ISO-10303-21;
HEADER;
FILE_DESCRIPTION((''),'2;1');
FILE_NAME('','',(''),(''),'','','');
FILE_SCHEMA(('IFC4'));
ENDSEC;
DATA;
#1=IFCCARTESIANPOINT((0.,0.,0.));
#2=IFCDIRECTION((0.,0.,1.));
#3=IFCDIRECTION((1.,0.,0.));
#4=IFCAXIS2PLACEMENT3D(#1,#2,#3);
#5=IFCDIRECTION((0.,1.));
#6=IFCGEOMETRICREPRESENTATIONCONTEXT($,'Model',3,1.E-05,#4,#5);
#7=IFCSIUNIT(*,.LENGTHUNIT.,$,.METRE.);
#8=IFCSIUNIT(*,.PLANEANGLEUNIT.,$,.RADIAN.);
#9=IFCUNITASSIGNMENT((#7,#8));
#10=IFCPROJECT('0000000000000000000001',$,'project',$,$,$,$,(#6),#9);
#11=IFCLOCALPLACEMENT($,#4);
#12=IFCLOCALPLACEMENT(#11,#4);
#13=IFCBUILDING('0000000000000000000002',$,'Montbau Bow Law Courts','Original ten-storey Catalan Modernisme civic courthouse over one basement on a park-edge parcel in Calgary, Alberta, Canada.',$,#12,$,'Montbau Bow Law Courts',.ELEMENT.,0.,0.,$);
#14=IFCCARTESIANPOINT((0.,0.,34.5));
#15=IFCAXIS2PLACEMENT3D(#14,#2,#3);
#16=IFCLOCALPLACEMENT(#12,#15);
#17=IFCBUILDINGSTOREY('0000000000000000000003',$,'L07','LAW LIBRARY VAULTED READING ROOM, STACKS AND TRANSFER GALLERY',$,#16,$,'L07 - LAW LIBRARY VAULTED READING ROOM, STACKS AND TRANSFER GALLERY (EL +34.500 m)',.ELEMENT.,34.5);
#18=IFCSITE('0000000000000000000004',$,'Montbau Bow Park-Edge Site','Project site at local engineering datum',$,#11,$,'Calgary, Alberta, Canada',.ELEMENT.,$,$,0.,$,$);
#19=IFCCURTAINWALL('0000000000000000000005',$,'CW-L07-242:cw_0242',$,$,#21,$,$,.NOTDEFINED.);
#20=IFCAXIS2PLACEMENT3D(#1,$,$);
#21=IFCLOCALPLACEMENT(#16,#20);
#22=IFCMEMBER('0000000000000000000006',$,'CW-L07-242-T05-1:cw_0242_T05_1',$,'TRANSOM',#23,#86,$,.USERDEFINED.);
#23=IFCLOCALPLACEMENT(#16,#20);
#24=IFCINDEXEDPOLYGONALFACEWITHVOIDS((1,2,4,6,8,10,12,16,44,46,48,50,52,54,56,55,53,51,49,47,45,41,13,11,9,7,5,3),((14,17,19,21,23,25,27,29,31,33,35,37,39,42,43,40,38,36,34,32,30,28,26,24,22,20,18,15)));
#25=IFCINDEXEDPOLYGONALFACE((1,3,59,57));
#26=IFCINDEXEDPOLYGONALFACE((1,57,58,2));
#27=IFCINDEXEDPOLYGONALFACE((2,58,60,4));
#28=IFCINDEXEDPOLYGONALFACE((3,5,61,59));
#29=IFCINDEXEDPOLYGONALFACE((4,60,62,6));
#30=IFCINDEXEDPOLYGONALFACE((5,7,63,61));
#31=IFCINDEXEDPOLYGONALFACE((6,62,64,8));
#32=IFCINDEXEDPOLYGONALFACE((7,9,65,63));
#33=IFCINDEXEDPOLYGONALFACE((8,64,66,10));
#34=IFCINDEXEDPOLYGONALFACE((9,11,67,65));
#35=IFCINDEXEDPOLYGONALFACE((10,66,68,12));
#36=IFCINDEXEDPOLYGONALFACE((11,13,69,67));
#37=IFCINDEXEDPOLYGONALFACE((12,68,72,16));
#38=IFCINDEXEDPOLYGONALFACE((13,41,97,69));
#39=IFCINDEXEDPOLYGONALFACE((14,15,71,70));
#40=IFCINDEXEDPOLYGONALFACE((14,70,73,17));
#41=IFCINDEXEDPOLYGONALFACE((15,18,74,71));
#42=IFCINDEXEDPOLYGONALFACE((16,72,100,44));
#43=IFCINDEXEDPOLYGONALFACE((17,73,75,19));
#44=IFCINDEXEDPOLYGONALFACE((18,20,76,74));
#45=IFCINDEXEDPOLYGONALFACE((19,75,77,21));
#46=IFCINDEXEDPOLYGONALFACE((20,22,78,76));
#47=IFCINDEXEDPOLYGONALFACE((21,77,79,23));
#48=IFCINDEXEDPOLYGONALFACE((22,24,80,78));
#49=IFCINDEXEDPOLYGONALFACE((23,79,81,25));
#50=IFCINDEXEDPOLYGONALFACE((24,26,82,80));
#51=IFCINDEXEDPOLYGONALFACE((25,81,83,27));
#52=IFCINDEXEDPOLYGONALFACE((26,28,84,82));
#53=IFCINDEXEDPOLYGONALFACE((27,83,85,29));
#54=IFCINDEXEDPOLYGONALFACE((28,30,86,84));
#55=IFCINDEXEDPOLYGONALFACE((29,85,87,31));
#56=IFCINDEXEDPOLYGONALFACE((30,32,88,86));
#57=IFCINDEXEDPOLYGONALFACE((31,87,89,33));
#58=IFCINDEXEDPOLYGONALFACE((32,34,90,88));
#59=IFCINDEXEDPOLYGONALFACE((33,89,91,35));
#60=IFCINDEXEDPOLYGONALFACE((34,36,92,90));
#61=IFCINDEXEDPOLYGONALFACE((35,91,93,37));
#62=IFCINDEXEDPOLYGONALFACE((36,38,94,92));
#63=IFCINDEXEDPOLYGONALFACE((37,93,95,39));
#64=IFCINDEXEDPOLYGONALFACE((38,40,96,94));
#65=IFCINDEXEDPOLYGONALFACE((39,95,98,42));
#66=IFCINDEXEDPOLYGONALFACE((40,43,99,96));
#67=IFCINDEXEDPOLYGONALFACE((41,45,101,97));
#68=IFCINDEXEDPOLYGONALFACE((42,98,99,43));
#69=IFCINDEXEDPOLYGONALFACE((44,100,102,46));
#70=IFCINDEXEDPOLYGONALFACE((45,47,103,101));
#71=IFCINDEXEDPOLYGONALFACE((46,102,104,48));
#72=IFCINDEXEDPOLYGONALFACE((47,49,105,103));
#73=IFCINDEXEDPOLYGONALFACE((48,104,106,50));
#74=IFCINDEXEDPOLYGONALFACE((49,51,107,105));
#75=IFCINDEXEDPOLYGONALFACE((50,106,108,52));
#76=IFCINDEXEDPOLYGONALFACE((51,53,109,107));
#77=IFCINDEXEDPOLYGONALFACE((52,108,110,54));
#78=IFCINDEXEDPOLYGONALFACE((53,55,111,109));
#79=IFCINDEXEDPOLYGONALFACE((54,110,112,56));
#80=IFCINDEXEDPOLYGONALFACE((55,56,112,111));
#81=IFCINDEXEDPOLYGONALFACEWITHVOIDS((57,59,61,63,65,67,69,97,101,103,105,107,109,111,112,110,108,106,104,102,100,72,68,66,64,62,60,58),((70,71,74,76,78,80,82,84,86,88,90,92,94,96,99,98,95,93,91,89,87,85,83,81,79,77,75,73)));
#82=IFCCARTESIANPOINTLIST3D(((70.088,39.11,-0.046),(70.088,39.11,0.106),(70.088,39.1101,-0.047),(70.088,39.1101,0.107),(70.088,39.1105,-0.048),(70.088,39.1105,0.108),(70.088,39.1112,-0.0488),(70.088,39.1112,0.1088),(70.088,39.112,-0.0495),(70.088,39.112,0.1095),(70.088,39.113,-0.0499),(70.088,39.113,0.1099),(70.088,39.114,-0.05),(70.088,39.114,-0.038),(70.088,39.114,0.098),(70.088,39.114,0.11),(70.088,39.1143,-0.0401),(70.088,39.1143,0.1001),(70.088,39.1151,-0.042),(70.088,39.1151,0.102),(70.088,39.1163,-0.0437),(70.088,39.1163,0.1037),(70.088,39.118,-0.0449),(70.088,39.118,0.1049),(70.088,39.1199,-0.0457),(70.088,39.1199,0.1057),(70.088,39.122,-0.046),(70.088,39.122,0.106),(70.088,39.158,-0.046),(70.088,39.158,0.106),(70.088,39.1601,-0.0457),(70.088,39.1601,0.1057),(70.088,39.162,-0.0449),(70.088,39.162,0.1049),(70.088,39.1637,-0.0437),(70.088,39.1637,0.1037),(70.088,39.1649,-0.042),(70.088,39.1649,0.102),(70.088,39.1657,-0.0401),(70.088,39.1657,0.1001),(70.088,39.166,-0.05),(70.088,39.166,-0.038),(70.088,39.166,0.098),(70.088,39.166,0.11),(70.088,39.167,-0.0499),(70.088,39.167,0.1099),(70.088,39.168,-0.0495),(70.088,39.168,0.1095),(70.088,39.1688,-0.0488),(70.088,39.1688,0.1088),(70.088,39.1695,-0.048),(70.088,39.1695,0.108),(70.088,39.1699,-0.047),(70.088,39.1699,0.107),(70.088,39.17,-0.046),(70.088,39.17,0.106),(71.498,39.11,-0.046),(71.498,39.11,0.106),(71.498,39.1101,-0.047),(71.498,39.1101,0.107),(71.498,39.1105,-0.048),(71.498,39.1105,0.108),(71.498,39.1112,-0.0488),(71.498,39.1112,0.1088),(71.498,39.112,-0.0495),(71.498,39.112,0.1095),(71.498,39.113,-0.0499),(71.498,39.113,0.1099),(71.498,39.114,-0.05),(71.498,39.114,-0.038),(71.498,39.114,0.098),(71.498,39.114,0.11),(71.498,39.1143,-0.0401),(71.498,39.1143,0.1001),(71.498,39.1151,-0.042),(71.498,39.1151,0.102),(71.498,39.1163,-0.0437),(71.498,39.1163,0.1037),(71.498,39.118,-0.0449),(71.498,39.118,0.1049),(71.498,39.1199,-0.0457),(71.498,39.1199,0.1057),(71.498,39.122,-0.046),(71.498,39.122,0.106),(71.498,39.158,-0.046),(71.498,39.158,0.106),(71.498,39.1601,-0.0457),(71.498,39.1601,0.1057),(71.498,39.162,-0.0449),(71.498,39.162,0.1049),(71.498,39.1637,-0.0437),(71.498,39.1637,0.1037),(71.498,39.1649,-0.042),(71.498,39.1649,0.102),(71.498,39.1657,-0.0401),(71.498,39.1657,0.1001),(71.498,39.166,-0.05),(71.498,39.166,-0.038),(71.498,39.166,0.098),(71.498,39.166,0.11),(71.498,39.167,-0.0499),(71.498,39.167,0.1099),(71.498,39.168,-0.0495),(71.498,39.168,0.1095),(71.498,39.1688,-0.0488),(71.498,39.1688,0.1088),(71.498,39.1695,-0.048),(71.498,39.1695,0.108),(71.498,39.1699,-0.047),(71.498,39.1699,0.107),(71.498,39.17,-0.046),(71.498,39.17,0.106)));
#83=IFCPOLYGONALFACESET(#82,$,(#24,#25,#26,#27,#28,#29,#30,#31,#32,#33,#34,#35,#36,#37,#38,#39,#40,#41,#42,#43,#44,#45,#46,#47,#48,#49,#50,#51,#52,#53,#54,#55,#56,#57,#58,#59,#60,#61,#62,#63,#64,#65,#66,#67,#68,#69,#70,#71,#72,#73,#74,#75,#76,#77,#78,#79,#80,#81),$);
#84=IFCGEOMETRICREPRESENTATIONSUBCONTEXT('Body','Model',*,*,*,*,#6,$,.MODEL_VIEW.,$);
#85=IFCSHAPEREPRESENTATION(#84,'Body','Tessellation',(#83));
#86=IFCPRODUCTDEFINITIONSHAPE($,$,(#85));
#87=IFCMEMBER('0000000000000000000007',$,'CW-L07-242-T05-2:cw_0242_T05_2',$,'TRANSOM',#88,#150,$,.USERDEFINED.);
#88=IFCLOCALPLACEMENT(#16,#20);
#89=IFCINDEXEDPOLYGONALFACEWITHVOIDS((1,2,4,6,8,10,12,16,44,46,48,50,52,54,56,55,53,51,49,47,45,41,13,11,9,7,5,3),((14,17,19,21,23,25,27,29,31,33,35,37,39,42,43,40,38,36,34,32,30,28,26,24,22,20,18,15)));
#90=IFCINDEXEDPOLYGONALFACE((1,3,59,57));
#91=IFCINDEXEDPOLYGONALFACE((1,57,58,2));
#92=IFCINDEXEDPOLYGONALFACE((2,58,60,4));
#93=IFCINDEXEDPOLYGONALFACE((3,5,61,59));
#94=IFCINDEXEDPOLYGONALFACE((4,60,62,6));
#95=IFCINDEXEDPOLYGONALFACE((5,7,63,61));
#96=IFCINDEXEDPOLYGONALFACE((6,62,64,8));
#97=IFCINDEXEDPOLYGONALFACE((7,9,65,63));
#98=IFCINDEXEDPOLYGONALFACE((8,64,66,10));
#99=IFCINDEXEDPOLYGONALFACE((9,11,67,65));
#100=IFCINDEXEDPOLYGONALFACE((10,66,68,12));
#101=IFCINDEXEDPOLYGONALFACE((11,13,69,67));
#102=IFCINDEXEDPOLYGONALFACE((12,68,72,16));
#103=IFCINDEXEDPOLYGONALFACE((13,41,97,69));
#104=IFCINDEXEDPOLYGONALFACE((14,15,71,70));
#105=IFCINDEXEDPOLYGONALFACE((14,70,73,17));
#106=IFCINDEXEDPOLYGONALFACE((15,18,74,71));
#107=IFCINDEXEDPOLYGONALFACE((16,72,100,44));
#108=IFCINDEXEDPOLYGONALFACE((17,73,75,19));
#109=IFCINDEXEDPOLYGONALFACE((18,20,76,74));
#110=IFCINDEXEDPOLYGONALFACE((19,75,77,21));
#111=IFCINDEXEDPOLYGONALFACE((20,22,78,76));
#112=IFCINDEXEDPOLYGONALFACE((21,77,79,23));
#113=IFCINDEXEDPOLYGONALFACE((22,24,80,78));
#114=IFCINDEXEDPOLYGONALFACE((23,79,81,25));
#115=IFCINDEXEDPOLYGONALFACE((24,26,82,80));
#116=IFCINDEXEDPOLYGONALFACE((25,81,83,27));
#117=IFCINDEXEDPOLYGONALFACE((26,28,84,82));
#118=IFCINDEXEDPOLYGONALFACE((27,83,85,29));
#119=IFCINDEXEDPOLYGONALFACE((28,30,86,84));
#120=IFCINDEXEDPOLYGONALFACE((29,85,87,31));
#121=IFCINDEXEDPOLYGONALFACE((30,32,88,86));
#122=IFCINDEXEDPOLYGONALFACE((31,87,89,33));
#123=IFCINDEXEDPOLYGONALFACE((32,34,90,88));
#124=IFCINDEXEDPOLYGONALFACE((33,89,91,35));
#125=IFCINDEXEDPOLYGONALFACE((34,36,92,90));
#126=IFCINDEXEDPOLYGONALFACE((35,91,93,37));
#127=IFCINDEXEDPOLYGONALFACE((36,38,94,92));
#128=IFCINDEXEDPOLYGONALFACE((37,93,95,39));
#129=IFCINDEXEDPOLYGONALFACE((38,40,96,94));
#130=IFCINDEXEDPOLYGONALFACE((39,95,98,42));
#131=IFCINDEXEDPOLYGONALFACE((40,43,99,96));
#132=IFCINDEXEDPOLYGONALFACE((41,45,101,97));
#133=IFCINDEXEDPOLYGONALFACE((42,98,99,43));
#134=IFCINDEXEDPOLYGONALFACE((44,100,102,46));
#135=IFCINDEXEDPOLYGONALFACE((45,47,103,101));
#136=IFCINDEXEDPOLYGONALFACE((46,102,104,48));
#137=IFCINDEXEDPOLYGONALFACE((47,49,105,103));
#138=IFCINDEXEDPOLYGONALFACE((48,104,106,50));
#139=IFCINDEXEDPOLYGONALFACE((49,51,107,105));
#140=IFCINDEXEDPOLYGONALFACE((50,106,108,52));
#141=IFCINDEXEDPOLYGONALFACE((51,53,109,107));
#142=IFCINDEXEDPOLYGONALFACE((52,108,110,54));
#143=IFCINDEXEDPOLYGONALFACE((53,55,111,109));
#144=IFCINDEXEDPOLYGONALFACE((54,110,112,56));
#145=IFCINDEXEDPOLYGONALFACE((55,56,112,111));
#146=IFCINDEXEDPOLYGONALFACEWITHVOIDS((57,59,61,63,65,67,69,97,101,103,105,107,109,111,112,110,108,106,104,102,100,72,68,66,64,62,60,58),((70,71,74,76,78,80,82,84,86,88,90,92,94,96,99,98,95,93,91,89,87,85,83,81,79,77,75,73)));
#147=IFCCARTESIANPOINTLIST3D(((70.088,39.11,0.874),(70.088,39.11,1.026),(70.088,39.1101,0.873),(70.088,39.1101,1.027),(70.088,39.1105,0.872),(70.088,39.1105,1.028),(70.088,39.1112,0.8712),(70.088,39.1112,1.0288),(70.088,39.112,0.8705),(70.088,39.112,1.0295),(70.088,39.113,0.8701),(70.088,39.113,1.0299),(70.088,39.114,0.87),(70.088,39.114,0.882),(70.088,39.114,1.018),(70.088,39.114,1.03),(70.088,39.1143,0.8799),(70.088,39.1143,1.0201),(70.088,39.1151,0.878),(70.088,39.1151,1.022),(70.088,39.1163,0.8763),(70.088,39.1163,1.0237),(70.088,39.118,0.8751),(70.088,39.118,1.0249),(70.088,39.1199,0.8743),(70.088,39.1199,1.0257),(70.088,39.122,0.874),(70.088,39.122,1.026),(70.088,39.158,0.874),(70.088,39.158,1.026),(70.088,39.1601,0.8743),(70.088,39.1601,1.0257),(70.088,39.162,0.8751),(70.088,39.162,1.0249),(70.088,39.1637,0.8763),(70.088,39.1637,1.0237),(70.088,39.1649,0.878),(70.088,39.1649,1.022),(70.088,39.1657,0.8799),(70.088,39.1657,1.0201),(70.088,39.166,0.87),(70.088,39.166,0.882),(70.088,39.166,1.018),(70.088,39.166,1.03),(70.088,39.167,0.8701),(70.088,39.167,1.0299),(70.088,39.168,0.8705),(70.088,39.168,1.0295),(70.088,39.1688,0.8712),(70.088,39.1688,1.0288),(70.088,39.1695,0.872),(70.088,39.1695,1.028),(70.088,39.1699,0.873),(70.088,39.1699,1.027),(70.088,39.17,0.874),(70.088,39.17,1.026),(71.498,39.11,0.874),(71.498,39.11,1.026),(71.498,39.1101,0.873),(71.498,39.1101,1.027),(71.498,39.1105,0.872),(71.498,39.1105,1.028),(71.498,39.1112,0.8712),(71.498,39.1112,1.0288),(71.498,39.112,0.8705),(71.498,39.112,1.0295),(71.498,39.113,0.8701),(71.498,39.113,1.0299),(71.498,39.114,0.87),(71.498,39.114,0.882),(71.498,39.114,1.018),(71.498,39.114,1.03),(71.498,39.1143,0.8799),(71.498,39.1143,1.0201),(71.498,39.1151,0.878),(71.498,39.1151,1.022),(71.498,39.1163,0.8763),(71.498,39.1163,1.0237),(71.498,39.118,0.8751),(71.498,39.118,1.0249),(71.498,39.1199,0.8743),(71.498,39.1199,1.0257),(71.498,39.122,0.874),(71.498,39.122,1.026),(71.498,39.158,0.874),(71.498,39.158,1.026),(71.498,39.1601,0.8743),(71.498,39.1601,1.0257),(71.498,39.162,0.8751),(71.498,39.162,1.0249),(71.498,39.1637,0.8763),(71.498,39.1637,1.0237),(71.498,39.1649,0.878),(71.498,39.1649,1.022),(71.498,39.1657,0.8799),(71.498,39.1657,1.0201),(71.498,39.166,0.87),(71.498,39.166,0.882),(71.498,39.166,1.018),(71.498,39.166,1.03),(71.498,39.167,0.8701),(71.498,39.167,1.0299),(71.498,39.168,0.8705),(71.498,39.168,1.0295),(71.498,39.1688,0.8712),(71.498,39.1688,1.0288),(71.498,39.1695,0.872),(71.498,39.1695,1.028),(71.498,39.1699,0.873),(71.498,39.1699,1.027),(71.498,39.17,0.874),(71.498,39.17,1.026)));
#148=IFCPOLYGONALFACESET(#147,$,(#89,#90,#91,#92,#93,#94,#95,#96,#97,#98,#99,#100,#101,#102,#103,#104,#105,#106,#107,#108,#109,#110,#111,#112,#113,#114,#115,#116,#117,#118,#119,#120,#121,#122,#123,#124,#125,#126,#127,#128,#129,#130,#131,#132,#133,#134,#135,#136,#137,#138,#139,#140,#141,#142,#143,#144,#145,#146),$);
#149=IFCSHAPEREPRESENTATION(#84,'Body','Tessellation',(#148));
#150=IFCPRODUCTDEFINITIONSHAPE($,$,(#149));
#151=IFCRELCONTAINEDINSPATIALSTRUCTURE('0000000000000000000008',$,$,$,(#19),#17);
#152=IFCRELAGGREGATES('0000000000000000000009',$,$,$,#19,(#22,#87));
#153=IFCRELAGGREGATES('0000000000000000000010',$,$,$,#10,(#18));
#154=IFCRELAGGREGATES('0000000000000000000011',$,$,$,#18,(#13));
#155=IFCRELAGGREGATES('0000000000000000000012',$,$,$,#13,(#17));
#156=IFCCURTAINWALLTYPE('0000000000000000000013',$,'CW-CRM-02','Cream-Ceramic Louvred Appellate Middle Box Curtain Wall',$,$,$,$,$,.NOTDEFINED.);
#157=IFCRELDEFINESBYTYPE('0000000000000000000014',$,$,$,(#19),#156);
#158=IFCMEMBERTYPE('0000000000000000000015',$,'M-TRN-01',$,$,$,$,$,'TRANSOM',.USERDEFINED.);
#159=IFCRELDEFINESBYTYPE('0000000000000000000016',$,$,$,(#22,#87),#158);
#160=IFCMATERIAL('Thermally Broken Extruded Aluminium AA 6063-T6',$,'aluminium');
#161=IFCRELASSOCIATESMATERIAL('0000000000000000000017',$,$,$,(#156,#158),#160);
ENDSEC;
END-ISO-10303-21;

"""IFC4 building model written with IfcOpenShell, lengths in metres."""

from ifc_helpers import new_model, si_unit, direction, frame, origin_with_axes, origin_2d_with_axis, place, context, subcontext, project, spatial, hollow_rectangle, extrude, material, material_profile, profile_set, type_object, element, aggregate, save


model = new_model("IFC4")

# Units and contexts
model_context = context("Model", 3, precision=1e-05, world=origin_with_axes(), true_north=direction((0.0, 1.0)))
body_context = subcontext(model_context, "Body", "Model", "MODEL_VIEW")
ifc_project = project(units=[si_unit("LENGTHUNIT", "METRE"), si_unit("PLANEANGLEUNIT", "RADIAN")], contexts=[model_context])

# Site, building, storey
site_placement = place(None, origin_with_axes())
site = spatial("IfcSite", under=ifc_project, at=site_placement, Name="Montbau Bow Park-Edge Site", Description="Project site at local engineering datum", LongName="Calgary, Alberta, Canada", CompositionType="ELEMENT", RefElevation=0.0)
building_placement = place(site_placement, origin_with_axes())
building = spatial("IfcBuilding", under=site, at=building_placement, Name="Montbau Bow Law Courts", Description="Original ten-storey Catalan Modernisme civic courthouse over one basement on a park-edge parcel in Calgary, Alberta, Canada.", LongName="Montbau Bow Law Courts", CompositionType="ELEMENT", ElevationOfRefHeight=0.0, ElevationOfTerrain=0.0)
storey_placement = place(building_placement, frame((0.0, 0.0, 34.5), z_axis=(0.0, 0.0, 1.0), x_axis=(1.0, 0.0, 0.0)))
storey = spatial("IfcBuildingStorey", under=building, at=storey_placement, Name="L07", Description="LAW LIBRARY VAULTED READING ROOM, STACKS AND TRANSFER GALLERY", LongName="L07 - LAW LIBRARY VAULTED READING ROOM, STACKS AND TRANSFER GALLERY (EL +34.500 m)", CompositionType="ELEMENT", Elevation=34.5)

# Curtain wall, members
ifc_material_1 = material(Name="Thermally Broken Extruded Aluminium AA 6063-T6", Category="aluminium")
curtain_wall_type = type_object("IfcCurtainWallType", Name="CW-CRM-02", Description="Cream-Ceramic Louvred Appellate Middle Box Curtain Wall", PredefinedType="NOTDEFINED", material=ifc_material_1)
curtain_wall_1_placement = place(None, frame((64.04, 39.14, 34.5), z_axis=(0.0, 0.0, 1.0), x_axis=(1.0, 0.0, 0.0)))
curtain_wall_1 = element("IfcCurtainWall", 1, at=curtain_wall_1_placement, inside=storey, type_object=curtain_wall_type, Name="CW-L07-242:cw_0242", PredefinedType="NOTDEFINED")
ifc_material_profile_1 = material_profile(ifc_material_1, hollow_rectangle(XDim=0.06, YDim=0.16, WallThickness=0.004, InnerFilletRadius=0.008, OuterFilletRadius=0.004, at=origin_2d_with_axis()), Name="CWT-160X60", Category="Main", Priority=0)
ifc_profile_set_1 = profile_set([ifc_material_profile_1], Name="Thermally Broken Extruded Aluminium AA 6063-T6")
member_type_1 = type_object("IfcMemberType", Name="M-TRN-01", ElementType="TRANSOM", PredefinedType="USERDEFINED", material=ifc_profile_set_1)
member_1_placement = place(None, frame((70.088, 39.14, 34.53), z_axis=(1.0, 0.0, 0.0), x_axis=(0.0, 1.0, 0.0)))
member_1 = element("IfcMember", 2, at=member_1_placement, type_object=member_type_1, Name="CW-L07-242-T05-1:cw_0242_T05_1", ObjectType="TRANSOM", PredefinedType="USERDEFINED", context=body_context, shape_type="SweptSolid", body=[
    extrude(hollow_rectangle(XDim=0.06, YDim=0.16, WallThickness=0.004, InnerFilletRadius=0.008, OuterFilletRadius=0.004, at=origin_2d_with_axis()), origin_with_axes(), (0.0, 0.0, 1.0), 1.41),
])
member_2_placement = place(None, frame((70.088, 39.14, 35.45), z_axis=(1.0, 0.0, 0.0), x_axis=(0.0, 1.0, 0.0)))
member_2 = element("IfcMember", 3, at=member_2_placement, type_object=member_type_1, Name="CW-L07-242-T05-2:cw_0242_T05_2", ObjectType="TRANSOM", PredefinedType="USERDEFINED", context=body_context, shape_type="SweptSolid", body=[
    extrude(hollow_rectangle(XDim=0.06, YDim=0.16, WallThickness=0.004, InnerFilletRadius=0.008, OuterFilletRadius=0.004, at=origin_2d_with_axis()), origin_with_axes(), (0.0, 0.0, 1.0), 1.41),
])
aggregate(curtain_wall_1, [member_1, member_2])

save(model, "model.ifc")
